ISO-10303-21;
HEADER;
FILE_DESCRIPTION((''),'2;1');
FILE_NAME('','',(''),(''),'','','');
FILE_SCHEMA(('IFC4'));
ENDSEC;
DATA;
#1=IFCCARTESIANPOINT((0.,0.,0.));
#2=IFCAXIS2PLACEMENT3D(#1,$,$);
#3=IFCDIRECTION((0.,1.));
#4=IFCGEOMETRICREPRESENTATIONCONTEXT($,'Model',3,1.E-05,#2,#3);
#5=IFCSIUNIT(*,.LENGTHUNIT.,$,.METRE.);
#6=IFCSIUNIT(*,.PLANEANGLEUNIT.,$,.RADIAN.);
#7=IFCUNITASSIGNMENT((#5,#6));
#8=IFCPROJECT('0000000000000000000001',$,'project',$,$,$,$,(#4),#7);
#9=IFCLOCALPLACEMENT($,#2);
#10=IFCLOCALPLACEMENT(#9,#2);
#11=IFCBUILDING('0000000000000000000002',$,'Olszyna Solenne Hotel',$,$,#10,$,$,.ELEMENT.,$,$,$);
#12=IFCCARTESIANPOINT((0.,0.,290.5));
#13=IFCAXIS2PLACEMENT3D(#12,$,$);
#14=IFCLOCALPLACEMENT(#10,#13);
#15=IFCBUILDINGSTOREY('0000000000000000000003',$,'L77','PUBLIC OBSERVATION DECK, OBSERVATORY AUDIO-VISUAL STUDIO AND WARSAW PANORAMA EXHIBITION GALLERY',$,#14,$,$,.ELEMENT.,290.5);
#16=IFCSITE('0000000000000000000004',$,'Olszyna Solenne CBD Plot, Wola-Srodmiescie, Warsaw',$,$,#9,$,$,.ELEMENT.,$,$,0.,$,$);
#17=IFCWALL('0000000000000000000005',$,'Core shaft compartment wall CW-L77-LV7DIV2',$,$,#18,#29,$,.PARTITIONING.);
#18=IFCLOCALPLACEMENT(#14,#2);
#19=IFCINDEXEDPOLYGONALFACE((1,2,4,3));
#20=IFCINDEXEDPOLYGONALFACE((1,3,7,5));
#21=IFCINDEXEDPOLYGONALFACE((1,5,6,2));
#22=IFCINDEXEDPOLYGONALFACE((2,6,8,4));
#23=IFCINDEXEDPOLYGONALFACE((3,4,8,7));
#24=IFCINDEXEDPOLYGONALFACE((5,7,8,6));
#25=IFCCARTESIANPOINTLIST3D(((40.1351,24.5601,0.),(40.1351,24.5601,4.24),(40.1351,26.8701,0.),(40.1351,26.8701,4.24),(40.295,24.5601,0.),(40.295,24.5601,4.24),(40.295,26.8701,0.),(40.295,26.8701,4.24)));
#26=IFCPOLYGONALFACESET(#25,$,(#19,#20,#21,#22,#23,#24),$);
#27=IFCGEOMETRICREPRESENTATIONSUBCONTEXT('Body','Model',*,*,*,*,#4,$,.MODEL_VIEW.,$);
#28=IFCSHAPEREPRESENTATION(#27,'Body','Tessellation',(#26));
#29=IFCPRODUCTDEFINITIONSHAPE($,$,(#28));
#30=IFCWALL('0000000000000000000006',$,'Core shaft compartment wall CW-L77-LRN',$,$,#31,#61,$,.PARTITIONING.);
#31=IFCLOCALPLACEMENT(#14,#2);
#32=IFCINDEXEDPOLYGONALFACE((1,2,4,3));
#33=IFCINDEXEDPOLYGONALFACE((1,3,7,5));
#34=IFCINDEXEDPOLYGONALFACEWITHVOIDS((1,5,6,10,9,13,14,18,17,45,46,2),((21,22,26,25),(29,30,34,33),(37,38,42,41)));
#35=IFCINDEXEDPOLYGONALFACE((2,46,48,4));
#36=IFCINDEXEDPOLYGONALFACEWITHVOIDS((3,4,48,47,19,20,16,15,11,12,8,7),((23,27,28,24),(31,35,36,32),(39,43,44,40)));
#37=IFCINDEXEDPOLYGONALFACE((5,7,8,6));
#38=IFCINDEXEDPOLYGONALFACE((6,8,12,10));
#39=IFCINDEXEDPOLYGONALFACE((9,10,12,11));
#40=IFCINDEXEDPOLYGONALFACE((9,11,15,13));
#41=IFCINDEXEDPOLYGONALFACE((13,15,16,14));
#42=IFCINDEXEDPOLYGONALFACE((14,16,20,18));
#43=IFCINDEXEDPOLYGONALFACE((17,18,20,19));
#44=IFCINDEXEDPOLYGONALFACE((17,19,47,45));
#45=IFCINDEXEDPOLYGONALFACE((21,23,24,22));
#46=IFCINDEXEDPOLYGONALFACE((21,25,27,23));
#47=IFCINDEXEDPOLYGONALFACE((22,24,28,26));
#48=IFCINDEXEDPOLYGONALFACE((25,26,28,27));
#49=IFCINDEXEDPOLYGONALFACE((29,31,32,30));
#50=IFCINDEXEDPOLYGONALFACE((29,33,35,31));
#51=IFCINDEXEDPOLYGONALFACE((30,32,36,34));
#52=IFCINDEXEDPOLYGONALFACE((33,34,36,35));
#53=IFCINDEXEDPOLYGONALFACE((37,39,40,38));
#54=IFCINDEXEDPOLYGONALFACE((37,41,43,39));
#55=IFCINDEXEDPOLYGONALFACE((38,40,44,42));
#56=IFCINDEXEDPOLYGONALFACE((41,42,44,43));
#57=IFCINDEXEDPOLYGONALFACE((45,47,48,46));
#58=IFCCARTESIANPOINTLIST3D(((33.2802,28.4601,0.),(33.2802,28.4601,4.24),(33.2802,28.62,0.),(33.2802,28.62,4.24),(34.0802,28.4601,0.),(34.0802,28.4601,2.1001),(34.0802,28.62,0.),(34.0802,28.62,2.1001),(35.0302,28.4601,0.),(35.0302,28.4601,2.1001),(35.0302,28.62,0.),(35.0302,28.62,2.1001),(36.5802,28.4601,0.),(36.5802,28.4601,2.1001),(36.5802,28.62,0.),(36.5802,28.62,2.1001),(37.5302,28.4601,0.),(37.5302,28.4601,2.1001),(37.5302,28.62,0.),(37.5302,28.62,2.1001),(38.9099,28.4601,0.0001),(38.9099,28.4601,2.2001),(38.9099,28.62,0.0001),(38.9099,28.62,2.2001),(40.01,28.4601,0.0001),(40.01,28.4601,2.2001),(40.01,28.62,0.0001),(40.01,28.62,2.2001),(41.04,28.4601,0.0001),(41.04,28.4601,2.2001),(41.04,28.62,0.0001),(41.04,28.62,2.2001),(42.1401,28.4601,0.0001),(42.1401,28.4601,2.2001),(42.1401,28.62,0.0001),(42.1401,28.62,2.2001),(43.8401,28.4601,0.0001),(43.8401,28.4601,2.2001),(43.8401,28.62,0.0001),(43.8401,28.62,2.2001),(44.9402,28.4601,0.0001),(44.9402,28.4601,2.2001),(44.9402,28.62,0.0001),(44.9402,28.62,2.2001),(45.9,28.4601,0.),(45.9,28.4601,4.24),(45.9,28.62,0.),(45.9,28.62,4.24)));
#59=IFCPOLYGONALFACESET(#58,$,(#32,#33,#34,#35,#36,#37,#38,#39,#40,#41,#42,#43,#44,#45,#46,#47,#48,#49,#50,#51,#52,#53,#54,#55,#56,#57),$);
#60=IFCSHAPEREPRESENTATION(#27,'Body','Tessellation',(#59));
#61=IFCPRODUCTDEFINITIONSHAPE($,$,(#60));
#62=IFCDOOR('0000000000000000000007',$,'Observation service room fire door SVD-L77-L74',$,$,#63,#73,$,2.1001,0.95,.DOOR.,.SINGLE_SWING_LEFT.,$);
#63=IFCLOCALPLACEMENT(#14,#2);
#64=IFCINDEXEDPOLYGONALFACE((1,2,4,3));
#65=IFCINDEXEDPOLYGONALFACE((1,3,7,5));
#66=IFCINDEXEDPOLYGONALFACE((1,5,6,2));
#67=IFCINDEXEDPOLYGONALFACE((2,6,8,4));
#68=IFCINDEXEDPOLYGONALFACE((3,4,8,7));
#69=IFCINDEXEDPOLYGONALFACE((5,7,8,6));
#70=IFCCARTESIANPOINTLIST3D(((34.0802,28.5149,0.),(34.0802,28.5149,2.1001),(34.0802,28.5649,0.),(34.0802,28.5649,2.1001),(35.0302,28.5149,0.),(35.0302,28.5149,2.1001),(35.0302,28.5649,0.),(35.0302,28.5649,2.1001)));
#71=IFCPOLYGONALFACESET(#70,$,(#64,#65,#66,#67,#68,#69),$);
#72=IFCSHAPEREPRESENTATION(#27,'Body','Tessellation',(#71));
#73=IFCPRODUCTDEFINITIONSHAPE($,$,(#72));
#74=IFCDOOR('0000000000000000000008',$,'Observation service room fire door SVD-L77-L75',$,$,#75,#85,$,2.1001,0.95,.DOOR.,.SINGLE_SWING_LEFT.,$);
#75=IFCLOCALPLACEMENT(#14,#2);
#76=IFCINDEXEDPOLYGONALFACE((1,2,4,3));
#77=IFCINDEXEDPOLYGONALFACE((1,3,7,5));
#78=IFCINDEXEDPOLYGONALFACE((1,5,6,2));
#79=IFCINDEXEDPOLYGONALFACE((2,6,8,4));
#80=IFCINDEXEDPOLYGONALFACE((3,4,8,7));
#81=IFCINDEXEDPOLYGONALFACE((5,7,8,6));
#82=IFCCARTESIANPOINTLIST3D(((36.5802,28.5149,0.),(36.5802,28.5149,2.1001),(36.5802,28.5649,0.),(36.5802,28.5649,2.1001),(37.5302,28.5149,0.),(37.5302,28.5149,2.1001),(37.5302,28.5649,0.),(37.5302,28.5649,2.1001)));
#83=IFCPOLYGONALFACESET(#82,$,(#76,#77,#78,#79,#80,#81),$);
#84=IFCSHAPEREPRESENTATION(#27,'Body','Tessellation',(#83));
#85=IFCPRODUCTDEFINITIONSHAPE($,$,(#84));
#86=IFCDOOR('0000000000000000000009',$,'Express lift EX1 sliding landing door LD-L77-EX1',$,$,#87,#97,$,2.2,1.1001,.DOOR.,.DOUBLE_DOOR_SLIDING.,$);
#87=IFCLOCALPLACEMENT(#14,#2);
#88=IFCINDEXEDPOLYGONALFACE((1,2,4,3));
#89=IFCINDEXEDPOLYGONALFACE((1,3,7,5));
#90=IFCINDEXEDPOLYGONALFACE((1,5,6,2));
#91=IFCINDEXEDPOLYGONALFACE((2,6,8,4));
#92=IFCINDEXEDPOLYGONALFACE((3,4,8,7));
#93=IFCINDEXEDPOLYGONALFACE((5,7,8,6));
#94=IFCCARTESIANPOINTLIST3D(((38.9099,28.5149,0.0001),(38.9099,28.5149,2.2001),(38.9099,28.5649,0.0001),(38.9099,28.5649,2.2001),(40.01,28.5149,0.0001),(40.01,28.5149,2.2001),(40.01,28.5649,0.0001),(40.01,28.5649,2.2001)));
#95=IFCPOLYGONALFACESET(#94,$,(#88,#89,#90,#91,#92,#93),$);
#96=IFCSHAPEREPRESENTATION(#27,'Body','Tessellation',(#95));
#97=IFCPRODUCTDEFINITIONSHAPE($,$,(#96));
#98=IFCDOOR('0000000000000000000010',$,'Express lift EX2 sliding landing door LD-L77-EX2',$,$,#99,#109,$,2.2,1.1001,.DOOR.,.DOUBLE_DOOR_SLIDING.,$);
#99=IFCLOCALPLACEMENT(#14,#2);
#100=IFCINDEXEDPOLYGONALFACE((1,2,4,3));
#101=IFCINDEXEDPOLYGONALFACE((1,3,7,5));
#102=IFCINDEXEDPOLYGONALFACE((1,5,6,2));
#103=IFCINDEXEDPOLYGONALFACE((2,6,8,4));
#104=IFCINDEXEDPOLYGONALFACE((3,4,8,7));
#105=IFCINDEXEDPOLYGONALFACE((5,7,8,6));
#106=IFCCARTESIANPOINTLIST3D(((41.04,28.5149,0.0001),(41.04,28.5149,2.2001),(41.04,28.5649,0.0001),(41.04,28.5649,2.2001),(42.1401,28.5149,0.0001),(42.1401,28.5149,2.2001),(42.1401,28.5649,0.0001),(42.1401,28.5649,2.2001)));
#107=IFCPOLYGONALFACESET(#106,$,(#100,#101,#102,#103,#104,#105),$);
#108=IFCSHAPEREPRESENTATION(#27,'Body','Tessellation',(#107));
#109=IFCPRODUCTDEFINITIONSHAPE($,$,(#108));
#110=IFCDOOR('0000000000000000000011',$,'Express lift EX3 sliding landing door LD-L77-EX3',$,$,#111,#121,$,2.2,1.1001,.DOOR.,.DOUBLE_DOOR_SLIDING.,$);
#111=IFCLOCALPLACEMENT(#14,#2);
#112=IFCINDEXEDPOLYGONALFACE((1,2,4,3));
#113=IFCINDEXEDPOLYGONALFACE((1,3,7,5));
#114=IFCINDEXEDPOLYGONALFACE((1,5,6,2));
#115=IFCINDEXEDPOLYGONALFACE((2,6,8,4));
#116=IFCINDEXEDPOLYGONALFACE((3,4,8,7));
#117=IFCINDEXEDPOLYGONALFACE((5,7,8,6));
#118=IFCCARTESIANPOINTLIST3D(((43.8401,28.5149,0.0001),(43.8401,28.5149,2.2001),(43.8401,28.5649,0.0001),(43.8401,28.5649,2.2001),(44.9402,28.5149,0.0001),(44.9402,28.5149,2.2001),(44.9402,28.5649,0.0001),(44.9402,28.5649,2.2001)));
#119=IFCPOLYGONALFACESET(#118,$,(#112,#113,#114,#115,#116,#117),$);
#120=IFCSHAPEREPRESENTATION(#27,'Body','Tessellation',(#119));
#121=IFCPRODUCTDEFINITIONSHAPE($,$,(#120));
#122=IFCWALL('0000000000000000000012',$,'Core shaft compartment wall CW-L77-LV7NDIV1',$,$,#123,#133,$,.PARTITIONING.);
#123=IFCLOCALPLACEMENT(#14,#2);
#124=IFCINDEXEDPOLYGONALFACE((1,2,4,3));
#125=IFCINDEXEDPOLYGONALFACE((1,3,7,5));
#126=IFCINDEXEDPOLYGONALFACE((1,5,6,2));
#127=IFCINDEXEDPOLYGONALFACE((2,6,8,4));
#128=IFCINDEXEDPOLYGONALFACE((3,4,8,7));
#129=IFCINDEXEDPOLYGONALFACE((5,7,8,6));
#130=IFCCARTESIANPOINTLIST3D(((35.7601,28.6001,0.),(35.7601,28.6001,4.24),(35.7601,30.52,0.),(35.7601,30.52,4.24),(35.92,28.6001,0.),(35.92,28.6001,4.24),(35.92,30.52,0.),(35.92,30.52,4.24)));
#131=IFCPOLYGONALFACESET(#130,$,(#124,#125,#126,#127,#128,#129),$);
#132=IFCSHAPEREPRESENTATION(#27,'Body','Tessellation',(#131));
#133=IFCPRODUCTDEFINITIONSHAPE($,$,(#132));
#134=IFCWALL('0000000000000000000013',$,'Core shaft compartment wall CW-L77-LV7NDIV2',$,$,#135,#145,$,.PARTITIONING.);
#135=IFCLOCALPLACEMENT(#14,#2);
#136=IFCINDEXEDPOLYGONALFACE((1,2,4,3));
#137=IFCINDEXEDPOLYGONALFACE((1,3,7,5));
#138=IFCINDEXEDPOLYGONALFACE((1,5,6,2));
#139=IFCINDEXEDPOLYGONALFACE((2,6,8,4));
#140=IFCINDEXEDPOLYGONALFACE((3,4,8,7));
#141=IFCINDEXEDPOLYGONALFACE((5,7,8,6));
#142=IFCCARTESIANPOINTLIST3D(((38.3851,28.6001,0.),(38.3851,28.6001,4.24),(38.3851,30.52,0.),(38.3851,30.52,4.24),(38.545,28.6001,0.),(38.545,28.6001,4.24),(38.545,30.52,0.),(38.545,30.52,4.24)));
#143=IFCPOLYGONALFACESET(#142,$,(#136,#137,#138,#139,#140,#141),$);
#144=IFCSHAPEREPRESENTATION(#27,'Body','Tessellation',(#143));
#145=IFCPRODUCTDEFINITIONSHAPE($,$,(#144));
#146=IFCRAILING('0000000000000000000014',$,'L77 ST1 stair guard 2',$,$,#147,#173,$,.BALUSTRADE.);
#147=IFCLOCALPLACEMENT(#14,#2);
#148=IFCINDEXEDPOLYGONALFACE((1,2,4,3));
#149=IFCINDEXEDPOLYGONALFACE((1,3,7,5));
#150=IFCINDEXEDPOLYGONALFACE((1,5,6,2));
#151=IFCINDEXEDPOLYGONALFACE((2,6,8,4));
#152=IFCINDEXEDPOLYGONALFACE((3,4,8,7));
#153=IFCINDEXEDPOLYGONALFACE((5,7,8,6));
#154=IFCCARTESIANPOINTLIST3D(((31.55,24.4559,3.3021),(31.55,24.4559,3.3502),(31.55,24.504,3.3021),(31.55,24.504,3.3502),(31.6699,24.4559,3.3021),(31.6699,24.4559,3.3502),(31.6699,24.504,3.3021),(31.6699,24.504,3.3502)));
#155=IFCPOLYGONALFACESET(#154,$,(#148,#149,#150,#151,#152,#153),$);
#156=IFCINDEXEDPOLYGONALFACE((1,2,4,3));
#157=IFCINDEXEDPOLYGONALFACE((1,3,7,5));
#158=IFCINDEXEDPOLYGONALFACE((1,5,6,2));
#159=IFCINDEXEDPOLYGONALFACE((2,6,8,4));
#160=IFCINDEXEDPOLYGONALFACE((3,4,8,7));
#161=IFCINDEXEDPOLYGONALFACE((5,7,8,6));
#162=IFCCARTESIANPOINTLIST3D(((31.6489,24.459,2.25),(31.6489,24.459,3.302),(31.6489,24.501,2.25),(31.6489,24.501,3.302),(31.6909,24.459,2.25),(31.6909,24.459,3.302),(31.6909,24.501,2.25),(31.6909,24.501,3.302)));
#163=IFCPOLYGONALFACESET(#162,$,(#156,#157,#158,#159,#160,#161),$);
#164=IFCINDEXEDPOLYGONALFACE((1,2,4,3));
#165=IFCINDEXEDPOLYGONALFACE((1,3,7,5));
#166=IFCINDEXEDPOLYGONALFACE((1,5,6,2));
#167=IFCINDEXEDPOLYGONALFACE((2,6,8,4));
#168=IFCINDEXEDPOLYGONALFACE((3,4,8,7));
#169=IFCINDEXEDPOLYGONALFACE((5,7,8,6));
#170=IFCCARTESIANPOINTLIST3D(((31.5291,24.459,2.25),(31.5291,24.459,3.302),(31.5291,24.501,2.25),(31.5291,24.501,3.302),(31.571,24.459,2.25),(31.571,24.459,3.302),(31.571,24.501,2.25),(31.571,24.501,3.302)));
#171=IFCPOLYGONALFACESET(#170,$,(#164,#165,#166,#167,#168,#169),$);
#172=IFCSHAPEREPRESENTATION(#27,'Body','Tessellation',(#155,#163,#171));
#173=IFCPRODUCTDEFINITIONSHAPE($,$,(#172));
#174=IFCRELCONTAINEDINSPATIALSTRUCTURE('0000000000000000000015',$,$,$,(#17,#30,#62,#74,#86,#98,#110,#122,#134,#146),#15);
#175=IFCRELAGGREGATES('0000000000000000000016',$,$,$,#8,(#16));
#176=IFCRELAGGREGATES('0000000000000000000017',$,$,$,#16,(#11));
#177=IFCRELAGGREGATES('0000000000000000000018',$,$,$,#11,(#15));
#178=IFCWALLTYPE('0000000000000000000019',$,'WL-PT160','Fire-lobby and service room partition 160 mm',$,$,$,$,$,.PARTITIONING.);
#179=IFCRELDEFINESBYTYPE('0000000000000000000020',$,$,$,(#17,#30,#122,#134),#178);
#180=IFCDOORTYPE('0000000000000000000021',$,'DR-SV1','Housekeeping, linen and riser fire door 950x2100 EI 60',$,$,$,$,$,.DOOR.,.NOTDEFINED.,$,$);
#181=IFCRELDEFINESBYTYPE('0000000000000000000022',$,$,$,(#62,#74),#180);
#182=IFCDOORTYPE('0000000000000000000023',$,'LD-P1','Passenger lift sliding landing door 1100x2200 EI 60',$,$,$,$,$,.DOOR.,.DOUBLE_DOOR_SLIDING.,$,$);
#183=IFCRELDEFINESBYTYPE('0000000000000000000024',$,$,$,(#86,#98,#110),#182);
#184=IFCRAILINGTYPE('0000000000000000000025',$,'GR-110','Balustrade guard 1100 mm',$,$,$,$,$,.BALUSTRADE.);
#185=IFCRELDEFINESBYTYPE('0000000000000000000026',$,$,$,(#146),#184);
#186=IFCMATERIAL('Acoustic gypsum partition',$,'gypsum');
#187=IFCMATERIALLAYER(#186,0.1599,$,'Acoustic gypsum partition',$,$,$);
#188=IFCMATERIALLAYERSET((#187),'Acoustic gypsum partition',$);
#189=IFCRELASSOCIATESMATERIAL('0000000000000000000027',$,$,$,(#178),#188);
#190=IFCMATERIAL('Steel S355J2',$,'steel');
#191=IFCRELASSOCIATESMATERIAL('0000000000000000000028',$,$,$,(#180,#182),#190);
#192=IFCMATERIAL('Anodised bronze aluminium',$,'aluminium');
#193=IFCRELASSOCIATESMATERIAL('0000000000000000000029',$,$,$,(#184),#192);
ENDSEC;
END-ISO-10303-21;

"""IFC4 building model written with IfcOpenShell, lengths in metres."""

from ifc_helpers import new_model, si_unit, direction, frame, frame_2d, origin, origin_2d, place, context, subcontext, project, spatial, rectangle, extrude, source, transform, mapped, material, layer, layer_set, type_object, type_shapes, element, fill, save


model = new_model("IFC4")

# Units and contexts
model_context = context("Model", 3, precision=1e-05, world=origin(), true_north=direction((0.0, 1.0)))
body_context = subcontext(model_context, "Body", "Model", "MODEL_VIEW")
ifc_project = project(units=[si_unit("LENGTHUNIT", "METRE"), si_unit("PLANEANGLEUNIT", "RADIAN")], contexts=[model_context])

# Site, building, storey
site_placement = place(None, origin())
site = spatial("IfcSite", under=ifc_project, at=site_placement, Name="Olszyna Solenne CBD Plot, Wola-Srodmiescie, Warsaw", CompositionType="ELEMENT", RefElevation=0.0)
building_placement = place(site_placement, origin())
building = spatial("IfcBuilding", under=site, at=building_placement, Name="Olszyna Solenne Hotel", CompositionType="ELEMENT")
storey_placement = place(building_placement, frame((0.0, 0.0, 290.5)))
storey = spatial("IfcBuildingStorey", under=building, at=storey_placement, Name="L77", Description="PUBLIC OBSERVATION DECK, OBSERVATORY AUDIO-VISUAL STUDIO AND WARSAW PANORAMA EXHIBITION GALLERY", CompositionType="ELEMENT", Elevation=290.5)

# Shared definitions
ifc_material_1 = material(Name="Steel S355J2", Category="steel")

# Shared definitions
ifc_material_2 = material(Name="Acoustic gypsum partition", Category="gypsum")
ifc_layer = layer(ifc_material_2, 0.1599, Name="Acoustic gypsum partition")
ifc_layer_set = layer_set([ifc_layer], Name="Acoustic gypsum partition")
wall_type = type_object("IfcWallType", Name="WL-PT160", Description="Fire-lobby and service room partition 160 mm", PredefinedType="PARTITIONING", material=ifc_layer_set)

# Shared definitions
door_type_1 = type_object("IfcDoorType", Name="DR-SV1", Description="Housekeeping, linen and riser fire door 950x2100 EI 60", OperationType="NOTDEFINED", PredefinedType="DOOR", material=ifc_material_1)
shared_shape_1 = source(origin(), body_context, "Body", "SweptSolid", [
    extrude(rectangle(XDim=0.95, YDim=2.1001, at=frame_2d((0.4751, 1.05))), frame((0.0, 0.0249, 0.0), z_axis=(0.0, -1.0, 0.0), x_axis=(1.0, 0.0, 0.0)), (0.0, 0.0, 1.0), 0.05),
])
type_shapes(door_type_1, [shared_shape_1])

# Wall
for number, where, z_axis, x_axis, name in (
    (1, (40.2151, 24.5601, 0.0), (0.0, 0.0, 1.0), (0.0, 1.0, 0.0), "Core shaft compartment wall CW-L77-LV7DIV2"),
):
    element("IfcWall", number, at=place(storey_placement, frame(where, z_axis=z_axis, x_axis=x_axis)), inside=storey, type_object=wall_type, Name=name, PredefinedType="PARTITIONING", context=body_context, shape_type="SweptSolid", body=[
        extrude(rectangle(XDim=2.3101, YDim=0.1599, at=frame_2d((1.155, 0.0))), origin(), (0.0, 0.0, 1.0), 4.24),
    ])

# Wall, openings, doors
wall_1_placement = place(storey_placement, frame((33.28, 28.54, 0.0), z_axis=(0.0, 0.0, 1.0), x_axis=(1.0, 0.0, 0.0)))
wall_1 = element("IfcWall", 2, at=wall_1_placement, inside=storey, type_object=wall_type, Name="Core shaft compartment wall CW-L77-LRN", PredefinedType="PARTITIONING", context=body_context, shape_type="SweptSolid", body=[
    extrude(rectangle(XDim=12.6199, YDim=0.1599, at=frame_2d((6.3101, 0.0))), origin(), (0.0, 0.0, 1.0), 4.24),
])
opening_1_placement = place(wall_1_placement, frame((0.8, 0.0, 0.0)))
opening_1 = element("IfcOpeningElement", 3, at=opening_1_placement, cuts=wall_1, PredefinedType="OPENING", context=body_context, shape_type="SweptSolid", body=[
    extrude(rectangle(XDim=0.95, YDim=2.1001, at=frame_2d((0.4751, 1.05))), frame((0.0, 0.0898, 0.0), z_axis=(0.0, -1.0, 0.0), x_axis=(1.0, 0.0, 0.0)), (0.0, 0.0, 1.0), 0.1799),
])
opening_2_placement = place(wall_1_placement, frame((3.3, 0.0, 0.0)))
opening_2 = element("IfcOpeningElement", 4, at=opening_2_placement, cuts=wall_1, PredefinedType="OPENING", context=body_context, shape_type="SweptSolid", body=[
    extrude(rectangle(XDim=0.95, YDim=2.1001, at=frame_2d((0.4751, 1.05))), frame((0.0, 0.0898, 0.0), z_axis=(0.0, -1.0, 0.0), x_axis=(1.0, 0.0, 0.0)), (0.0, 0.0, 1.0), 0.1799),
])
opening_3_placement = place(wall_1_placement, frame((5.6299, 0.0, 0.0)))
opening_3 = element("IfcOpeningElement", 5, at=opening_3_placement, cuts=wall_1, PredefinedType="OPENING", context=body_context, shape_type="SweptSolid", body=[
    extrude(rectangle(XDim=1.1001, YDim=2.2, at=frame_2d((0.55, 1.1001))), frame((0.0, 0.0898, 0.0), z_axis=(0.0, -1.0, 0.0), x_axis=(1.0, 0.0, 0.0)), (0.0, 0.0, 1.0), 0.1799),
])
opening_4_placement = place(wall_1_placement, frame((7.76, 0.0, 0.0)))
opening_4 = element("IfcOpeningElement", 6, at=opening_4_placement, cuts=wall_1, PredefinedType="OPENING", context=body_context, shape_type="SweptSolid", body=[
    extrude(rectangle(XDim=1.1001, YDim=2.2, at=frame_2d((0.55, 1.1001))), frame((0.0, 0.0898, 0.0), z_axis=(0.0, -1.0, 0.0), x_axis=(1.0, 0.0, 0.0)), (0.0, 0.0, 1.0), 0.1799),
])
opening_5_placement = place(wall_1_placement, frame((10.5601, 0.0, 0.0)))
opening_5 = element("IfcOpeningElement", 7, at=opening_5_placement, cuts=wall_1, PredefinedType="OPENING", context=body_context, shape_type="SweptSolid", body=[
    extrude(rectangle(XDim=1.1001, YDim=2.2, at=frame_2d((0.55, 1.1001))), frame((0.0, 0.0898, 0.0), z_axis=(0.0, -1.0, 0.0), x_axis=(1.0, 0.0, 0.0)), (0.0, 0.0, 1.0), 0.1799),
])
door_1_placement = place(opening_1_placement, origin())
door_1 = element("IfcDoor", 8, at=door_1_placement, inside=storey, type_object=door_type_1, Name="Observation service room fire door SVD-L77-L74", OperationType="SINGLE_SWING_LEFT", OverallHeight=2.1001, OverallWidth=0.95, PredefinedType="DOOR", context=body_context, shape_type="MappedRepresentation", body=[
    mapped(shared_shape_1, transform((0.0, 0.0, 0.0), x_axis=(1.0, 0.0, 0.0), y_axis=(0.0, 1.0, 0.0), z_axis=(0.0, 0.0, 1.0), scale=1.0)),
])
fill(opening_1, door_1)
door_2_placement = place(opening_2_placement, origin())
door_2 = element("IfcDoor", 9, at=door_2_placement, inside=storey, type_object=door_type_1, Name="Observation service room fire door SVD-L77-L75", OperationType="SINGLE_SWING_LEFT", OverallHeight=2.1001, OverallWidth=0.95, PredefinedType="DOOR", context=body_context, shape_type="MappedRepresentation", body=[
    mapped(shared_shape_1, transform((0.0, 0.0, 0.0), x_axis=(1.0, 0.0, 0.0), y_axis=(0.0, 1.0, 0.0), z_axis=(0.0, 0.0, 1.0), scale=1.0)),
])
fill(opening_2, door_2)
door_type_2 = type_object("IfcDoorType", Name="LD-P1", Description="Passenger lift sliding landing door 1100x2200 EI 60", OperationType="DOUBLE_DOOR_SLIDING", PredefinedType="DOOR", material=ifc_material_1)
shared_shape_2 = source(origin(), body_context, "Body", "SweptSolid", [
    extrude(rectangle(XDim=1.1001, YDim=2.2, at=frame_2d((0.55, 1.1001))), frame((0.0, 0.0249, 0.0), z_axis=(0.0, -1.0, 0.0), x_axis=(1.0, 0.0, 0.0)), (0.0, 0.0, 1.0), 0.05),
])
type_shapes(door_type_2, [shared_shape_2])
door_3_placement = place(opening_3_placement, origin())
door_3 = element("IfcDoor", 10, at=door_3_placement, inside=storey, type_object=door_type_2, Name="Express lift EX1 sliding landing door LD-L77-EX1", OperationType="DOUBLE_DOOR_SLIDING", OverallHeight=2.2, OverallWidth=1.1001, PredefinedType="DOOR", context=body_context, shape_type="MappedRepresentation", body=[
    mapped(shared_shape_2, transform((0.0, 0.0, 0.0), x_axis=(1.0, 0.0, 0.0), y_axis=(0.0, 1.0, 0.0), z_axis=(0.0, 0.0, 1.0), scale=1.0)),
])
fill(opening_3, door_3)
door_4_placement = place(opening_4_placement, origin())
door_4 = element("IfcDoor", 11, at=door_4_placement, inside=storey, type_object=door_type_2, Name="Express lift EX2 sliding landing door LD-L77-EX2", OperationType="DOUBLE_DOOR_SLIDING", OverallHeight=2.2, OverallWidth=1.1001, PredefinedType="DOOR", context=body_context, shape_type="MappedRepresentation", body=[
    mapped(shared_shape_2, transform((0.0, 0.0, 0.0), x_axis=(1.0, 0.0, 0.0), y_axis=(0.0, 1.0, 0.0), z_axis=(0.0, 0.0, 1.0), scale=1.0)),
])
fill(opening_4, door_4)
door_5_placement = place(opening_5_placement, origin())
door_5 = element("IfcDoor", 12, at=door_5_placement, inside=storey, type_object=door_type_2, Name="Express lift EX3 sliding landing door LD-L77-EX3", OperationType="DOUBLE_DOOR_SLIDING", OverallHeight=2.2, OverallWidth=1.1001, PredefinedType="DOOR", context=body_context, shape_type="MappedRepresentation", body=[
    mapped(shared_shape_2, transform((0.0, 0.0, 0.0), x_axis=(1.0, 0.0, 0.0), y_axis=(0.0, 1.0, 0.0), z_axis=(0.0, 0.0, 1.0), scale=1.0)),
])
fill(opening_5, door_5)

# Walls
for number, where, z_axis, x_axis, name in (
    (13, (35.8401, 28.6001, 0.0), (0.0, 0.0, 1.0), (0.0, 1.0, 0.0), "Core shaft compartment wall CW-L77-LV7NDIV1"),
    (14, (38.4651, 28.6001, 0.0), (0.0, 0.0, 1.0), (0.0, 1.0, 0.0), "Core shaft compartment wall CW-L77-LV7NDIV2"),
):
    element("IfcWall", number, at=place(storey_placement, frame(where, z_axis=z_axis, x_axis=x_axis)), inside=storey, type_object=wall_type, Name=name, PredefinedType="PARTITIONING", context=body_context, shape_type="SweptSolid", body=[
        extrude(rectangle(XDim=1.9199, YDim=0.1599, at=frame_2d((0.96, 0.0))), origin(), (0.0, 0.0, 1.0), 4.24),
    ])

# Railing
ifc_material_3 = material(Name="Anodised bronze aluminium", Category="aluminium")
railing_type = type_object("IfcRailingType", Name="GR-110", Description="Balustrade guard 1100 mm", PredefinedType="BALUSTRADE", material=ifc_material_3)
railing_1_placement = place(storey_placement, frame((31.6699, 24.48, 2.25)))
element("IfcRailing", 15, at=railing_1_placement, inside=storey, type_object=railing_type, Name="L77 ST1 stair guard 2", PredefinedType="BALUSTRADE", context=body_context, shape_type="SweptSolid", body=[
    extrude(rectangle(XDim=0.0481, YDim=0.0481, at=origin_2d()), frame((0.0, 0.0, 1.0762), z_axis=(-1.0, 0.0, 0.0), x_axis=(0.0, -1.0, 0.0)), (0.0, 0.0, 1.0), 0.1199),
    extrude(rectangle(XDim=0.042, YDim=0.042, at=origin_2d()), origin(), (0.0, 0.0, 1.0), 1.052),
    extrude(rectangle(XDim=0.042, YDim=0.042, at=origin_2d()), frame((-0.1199, 0.0, 0.0)), (0.0, 0.0, 1.0), 1.052),
])

save(model, "model.ifc")
